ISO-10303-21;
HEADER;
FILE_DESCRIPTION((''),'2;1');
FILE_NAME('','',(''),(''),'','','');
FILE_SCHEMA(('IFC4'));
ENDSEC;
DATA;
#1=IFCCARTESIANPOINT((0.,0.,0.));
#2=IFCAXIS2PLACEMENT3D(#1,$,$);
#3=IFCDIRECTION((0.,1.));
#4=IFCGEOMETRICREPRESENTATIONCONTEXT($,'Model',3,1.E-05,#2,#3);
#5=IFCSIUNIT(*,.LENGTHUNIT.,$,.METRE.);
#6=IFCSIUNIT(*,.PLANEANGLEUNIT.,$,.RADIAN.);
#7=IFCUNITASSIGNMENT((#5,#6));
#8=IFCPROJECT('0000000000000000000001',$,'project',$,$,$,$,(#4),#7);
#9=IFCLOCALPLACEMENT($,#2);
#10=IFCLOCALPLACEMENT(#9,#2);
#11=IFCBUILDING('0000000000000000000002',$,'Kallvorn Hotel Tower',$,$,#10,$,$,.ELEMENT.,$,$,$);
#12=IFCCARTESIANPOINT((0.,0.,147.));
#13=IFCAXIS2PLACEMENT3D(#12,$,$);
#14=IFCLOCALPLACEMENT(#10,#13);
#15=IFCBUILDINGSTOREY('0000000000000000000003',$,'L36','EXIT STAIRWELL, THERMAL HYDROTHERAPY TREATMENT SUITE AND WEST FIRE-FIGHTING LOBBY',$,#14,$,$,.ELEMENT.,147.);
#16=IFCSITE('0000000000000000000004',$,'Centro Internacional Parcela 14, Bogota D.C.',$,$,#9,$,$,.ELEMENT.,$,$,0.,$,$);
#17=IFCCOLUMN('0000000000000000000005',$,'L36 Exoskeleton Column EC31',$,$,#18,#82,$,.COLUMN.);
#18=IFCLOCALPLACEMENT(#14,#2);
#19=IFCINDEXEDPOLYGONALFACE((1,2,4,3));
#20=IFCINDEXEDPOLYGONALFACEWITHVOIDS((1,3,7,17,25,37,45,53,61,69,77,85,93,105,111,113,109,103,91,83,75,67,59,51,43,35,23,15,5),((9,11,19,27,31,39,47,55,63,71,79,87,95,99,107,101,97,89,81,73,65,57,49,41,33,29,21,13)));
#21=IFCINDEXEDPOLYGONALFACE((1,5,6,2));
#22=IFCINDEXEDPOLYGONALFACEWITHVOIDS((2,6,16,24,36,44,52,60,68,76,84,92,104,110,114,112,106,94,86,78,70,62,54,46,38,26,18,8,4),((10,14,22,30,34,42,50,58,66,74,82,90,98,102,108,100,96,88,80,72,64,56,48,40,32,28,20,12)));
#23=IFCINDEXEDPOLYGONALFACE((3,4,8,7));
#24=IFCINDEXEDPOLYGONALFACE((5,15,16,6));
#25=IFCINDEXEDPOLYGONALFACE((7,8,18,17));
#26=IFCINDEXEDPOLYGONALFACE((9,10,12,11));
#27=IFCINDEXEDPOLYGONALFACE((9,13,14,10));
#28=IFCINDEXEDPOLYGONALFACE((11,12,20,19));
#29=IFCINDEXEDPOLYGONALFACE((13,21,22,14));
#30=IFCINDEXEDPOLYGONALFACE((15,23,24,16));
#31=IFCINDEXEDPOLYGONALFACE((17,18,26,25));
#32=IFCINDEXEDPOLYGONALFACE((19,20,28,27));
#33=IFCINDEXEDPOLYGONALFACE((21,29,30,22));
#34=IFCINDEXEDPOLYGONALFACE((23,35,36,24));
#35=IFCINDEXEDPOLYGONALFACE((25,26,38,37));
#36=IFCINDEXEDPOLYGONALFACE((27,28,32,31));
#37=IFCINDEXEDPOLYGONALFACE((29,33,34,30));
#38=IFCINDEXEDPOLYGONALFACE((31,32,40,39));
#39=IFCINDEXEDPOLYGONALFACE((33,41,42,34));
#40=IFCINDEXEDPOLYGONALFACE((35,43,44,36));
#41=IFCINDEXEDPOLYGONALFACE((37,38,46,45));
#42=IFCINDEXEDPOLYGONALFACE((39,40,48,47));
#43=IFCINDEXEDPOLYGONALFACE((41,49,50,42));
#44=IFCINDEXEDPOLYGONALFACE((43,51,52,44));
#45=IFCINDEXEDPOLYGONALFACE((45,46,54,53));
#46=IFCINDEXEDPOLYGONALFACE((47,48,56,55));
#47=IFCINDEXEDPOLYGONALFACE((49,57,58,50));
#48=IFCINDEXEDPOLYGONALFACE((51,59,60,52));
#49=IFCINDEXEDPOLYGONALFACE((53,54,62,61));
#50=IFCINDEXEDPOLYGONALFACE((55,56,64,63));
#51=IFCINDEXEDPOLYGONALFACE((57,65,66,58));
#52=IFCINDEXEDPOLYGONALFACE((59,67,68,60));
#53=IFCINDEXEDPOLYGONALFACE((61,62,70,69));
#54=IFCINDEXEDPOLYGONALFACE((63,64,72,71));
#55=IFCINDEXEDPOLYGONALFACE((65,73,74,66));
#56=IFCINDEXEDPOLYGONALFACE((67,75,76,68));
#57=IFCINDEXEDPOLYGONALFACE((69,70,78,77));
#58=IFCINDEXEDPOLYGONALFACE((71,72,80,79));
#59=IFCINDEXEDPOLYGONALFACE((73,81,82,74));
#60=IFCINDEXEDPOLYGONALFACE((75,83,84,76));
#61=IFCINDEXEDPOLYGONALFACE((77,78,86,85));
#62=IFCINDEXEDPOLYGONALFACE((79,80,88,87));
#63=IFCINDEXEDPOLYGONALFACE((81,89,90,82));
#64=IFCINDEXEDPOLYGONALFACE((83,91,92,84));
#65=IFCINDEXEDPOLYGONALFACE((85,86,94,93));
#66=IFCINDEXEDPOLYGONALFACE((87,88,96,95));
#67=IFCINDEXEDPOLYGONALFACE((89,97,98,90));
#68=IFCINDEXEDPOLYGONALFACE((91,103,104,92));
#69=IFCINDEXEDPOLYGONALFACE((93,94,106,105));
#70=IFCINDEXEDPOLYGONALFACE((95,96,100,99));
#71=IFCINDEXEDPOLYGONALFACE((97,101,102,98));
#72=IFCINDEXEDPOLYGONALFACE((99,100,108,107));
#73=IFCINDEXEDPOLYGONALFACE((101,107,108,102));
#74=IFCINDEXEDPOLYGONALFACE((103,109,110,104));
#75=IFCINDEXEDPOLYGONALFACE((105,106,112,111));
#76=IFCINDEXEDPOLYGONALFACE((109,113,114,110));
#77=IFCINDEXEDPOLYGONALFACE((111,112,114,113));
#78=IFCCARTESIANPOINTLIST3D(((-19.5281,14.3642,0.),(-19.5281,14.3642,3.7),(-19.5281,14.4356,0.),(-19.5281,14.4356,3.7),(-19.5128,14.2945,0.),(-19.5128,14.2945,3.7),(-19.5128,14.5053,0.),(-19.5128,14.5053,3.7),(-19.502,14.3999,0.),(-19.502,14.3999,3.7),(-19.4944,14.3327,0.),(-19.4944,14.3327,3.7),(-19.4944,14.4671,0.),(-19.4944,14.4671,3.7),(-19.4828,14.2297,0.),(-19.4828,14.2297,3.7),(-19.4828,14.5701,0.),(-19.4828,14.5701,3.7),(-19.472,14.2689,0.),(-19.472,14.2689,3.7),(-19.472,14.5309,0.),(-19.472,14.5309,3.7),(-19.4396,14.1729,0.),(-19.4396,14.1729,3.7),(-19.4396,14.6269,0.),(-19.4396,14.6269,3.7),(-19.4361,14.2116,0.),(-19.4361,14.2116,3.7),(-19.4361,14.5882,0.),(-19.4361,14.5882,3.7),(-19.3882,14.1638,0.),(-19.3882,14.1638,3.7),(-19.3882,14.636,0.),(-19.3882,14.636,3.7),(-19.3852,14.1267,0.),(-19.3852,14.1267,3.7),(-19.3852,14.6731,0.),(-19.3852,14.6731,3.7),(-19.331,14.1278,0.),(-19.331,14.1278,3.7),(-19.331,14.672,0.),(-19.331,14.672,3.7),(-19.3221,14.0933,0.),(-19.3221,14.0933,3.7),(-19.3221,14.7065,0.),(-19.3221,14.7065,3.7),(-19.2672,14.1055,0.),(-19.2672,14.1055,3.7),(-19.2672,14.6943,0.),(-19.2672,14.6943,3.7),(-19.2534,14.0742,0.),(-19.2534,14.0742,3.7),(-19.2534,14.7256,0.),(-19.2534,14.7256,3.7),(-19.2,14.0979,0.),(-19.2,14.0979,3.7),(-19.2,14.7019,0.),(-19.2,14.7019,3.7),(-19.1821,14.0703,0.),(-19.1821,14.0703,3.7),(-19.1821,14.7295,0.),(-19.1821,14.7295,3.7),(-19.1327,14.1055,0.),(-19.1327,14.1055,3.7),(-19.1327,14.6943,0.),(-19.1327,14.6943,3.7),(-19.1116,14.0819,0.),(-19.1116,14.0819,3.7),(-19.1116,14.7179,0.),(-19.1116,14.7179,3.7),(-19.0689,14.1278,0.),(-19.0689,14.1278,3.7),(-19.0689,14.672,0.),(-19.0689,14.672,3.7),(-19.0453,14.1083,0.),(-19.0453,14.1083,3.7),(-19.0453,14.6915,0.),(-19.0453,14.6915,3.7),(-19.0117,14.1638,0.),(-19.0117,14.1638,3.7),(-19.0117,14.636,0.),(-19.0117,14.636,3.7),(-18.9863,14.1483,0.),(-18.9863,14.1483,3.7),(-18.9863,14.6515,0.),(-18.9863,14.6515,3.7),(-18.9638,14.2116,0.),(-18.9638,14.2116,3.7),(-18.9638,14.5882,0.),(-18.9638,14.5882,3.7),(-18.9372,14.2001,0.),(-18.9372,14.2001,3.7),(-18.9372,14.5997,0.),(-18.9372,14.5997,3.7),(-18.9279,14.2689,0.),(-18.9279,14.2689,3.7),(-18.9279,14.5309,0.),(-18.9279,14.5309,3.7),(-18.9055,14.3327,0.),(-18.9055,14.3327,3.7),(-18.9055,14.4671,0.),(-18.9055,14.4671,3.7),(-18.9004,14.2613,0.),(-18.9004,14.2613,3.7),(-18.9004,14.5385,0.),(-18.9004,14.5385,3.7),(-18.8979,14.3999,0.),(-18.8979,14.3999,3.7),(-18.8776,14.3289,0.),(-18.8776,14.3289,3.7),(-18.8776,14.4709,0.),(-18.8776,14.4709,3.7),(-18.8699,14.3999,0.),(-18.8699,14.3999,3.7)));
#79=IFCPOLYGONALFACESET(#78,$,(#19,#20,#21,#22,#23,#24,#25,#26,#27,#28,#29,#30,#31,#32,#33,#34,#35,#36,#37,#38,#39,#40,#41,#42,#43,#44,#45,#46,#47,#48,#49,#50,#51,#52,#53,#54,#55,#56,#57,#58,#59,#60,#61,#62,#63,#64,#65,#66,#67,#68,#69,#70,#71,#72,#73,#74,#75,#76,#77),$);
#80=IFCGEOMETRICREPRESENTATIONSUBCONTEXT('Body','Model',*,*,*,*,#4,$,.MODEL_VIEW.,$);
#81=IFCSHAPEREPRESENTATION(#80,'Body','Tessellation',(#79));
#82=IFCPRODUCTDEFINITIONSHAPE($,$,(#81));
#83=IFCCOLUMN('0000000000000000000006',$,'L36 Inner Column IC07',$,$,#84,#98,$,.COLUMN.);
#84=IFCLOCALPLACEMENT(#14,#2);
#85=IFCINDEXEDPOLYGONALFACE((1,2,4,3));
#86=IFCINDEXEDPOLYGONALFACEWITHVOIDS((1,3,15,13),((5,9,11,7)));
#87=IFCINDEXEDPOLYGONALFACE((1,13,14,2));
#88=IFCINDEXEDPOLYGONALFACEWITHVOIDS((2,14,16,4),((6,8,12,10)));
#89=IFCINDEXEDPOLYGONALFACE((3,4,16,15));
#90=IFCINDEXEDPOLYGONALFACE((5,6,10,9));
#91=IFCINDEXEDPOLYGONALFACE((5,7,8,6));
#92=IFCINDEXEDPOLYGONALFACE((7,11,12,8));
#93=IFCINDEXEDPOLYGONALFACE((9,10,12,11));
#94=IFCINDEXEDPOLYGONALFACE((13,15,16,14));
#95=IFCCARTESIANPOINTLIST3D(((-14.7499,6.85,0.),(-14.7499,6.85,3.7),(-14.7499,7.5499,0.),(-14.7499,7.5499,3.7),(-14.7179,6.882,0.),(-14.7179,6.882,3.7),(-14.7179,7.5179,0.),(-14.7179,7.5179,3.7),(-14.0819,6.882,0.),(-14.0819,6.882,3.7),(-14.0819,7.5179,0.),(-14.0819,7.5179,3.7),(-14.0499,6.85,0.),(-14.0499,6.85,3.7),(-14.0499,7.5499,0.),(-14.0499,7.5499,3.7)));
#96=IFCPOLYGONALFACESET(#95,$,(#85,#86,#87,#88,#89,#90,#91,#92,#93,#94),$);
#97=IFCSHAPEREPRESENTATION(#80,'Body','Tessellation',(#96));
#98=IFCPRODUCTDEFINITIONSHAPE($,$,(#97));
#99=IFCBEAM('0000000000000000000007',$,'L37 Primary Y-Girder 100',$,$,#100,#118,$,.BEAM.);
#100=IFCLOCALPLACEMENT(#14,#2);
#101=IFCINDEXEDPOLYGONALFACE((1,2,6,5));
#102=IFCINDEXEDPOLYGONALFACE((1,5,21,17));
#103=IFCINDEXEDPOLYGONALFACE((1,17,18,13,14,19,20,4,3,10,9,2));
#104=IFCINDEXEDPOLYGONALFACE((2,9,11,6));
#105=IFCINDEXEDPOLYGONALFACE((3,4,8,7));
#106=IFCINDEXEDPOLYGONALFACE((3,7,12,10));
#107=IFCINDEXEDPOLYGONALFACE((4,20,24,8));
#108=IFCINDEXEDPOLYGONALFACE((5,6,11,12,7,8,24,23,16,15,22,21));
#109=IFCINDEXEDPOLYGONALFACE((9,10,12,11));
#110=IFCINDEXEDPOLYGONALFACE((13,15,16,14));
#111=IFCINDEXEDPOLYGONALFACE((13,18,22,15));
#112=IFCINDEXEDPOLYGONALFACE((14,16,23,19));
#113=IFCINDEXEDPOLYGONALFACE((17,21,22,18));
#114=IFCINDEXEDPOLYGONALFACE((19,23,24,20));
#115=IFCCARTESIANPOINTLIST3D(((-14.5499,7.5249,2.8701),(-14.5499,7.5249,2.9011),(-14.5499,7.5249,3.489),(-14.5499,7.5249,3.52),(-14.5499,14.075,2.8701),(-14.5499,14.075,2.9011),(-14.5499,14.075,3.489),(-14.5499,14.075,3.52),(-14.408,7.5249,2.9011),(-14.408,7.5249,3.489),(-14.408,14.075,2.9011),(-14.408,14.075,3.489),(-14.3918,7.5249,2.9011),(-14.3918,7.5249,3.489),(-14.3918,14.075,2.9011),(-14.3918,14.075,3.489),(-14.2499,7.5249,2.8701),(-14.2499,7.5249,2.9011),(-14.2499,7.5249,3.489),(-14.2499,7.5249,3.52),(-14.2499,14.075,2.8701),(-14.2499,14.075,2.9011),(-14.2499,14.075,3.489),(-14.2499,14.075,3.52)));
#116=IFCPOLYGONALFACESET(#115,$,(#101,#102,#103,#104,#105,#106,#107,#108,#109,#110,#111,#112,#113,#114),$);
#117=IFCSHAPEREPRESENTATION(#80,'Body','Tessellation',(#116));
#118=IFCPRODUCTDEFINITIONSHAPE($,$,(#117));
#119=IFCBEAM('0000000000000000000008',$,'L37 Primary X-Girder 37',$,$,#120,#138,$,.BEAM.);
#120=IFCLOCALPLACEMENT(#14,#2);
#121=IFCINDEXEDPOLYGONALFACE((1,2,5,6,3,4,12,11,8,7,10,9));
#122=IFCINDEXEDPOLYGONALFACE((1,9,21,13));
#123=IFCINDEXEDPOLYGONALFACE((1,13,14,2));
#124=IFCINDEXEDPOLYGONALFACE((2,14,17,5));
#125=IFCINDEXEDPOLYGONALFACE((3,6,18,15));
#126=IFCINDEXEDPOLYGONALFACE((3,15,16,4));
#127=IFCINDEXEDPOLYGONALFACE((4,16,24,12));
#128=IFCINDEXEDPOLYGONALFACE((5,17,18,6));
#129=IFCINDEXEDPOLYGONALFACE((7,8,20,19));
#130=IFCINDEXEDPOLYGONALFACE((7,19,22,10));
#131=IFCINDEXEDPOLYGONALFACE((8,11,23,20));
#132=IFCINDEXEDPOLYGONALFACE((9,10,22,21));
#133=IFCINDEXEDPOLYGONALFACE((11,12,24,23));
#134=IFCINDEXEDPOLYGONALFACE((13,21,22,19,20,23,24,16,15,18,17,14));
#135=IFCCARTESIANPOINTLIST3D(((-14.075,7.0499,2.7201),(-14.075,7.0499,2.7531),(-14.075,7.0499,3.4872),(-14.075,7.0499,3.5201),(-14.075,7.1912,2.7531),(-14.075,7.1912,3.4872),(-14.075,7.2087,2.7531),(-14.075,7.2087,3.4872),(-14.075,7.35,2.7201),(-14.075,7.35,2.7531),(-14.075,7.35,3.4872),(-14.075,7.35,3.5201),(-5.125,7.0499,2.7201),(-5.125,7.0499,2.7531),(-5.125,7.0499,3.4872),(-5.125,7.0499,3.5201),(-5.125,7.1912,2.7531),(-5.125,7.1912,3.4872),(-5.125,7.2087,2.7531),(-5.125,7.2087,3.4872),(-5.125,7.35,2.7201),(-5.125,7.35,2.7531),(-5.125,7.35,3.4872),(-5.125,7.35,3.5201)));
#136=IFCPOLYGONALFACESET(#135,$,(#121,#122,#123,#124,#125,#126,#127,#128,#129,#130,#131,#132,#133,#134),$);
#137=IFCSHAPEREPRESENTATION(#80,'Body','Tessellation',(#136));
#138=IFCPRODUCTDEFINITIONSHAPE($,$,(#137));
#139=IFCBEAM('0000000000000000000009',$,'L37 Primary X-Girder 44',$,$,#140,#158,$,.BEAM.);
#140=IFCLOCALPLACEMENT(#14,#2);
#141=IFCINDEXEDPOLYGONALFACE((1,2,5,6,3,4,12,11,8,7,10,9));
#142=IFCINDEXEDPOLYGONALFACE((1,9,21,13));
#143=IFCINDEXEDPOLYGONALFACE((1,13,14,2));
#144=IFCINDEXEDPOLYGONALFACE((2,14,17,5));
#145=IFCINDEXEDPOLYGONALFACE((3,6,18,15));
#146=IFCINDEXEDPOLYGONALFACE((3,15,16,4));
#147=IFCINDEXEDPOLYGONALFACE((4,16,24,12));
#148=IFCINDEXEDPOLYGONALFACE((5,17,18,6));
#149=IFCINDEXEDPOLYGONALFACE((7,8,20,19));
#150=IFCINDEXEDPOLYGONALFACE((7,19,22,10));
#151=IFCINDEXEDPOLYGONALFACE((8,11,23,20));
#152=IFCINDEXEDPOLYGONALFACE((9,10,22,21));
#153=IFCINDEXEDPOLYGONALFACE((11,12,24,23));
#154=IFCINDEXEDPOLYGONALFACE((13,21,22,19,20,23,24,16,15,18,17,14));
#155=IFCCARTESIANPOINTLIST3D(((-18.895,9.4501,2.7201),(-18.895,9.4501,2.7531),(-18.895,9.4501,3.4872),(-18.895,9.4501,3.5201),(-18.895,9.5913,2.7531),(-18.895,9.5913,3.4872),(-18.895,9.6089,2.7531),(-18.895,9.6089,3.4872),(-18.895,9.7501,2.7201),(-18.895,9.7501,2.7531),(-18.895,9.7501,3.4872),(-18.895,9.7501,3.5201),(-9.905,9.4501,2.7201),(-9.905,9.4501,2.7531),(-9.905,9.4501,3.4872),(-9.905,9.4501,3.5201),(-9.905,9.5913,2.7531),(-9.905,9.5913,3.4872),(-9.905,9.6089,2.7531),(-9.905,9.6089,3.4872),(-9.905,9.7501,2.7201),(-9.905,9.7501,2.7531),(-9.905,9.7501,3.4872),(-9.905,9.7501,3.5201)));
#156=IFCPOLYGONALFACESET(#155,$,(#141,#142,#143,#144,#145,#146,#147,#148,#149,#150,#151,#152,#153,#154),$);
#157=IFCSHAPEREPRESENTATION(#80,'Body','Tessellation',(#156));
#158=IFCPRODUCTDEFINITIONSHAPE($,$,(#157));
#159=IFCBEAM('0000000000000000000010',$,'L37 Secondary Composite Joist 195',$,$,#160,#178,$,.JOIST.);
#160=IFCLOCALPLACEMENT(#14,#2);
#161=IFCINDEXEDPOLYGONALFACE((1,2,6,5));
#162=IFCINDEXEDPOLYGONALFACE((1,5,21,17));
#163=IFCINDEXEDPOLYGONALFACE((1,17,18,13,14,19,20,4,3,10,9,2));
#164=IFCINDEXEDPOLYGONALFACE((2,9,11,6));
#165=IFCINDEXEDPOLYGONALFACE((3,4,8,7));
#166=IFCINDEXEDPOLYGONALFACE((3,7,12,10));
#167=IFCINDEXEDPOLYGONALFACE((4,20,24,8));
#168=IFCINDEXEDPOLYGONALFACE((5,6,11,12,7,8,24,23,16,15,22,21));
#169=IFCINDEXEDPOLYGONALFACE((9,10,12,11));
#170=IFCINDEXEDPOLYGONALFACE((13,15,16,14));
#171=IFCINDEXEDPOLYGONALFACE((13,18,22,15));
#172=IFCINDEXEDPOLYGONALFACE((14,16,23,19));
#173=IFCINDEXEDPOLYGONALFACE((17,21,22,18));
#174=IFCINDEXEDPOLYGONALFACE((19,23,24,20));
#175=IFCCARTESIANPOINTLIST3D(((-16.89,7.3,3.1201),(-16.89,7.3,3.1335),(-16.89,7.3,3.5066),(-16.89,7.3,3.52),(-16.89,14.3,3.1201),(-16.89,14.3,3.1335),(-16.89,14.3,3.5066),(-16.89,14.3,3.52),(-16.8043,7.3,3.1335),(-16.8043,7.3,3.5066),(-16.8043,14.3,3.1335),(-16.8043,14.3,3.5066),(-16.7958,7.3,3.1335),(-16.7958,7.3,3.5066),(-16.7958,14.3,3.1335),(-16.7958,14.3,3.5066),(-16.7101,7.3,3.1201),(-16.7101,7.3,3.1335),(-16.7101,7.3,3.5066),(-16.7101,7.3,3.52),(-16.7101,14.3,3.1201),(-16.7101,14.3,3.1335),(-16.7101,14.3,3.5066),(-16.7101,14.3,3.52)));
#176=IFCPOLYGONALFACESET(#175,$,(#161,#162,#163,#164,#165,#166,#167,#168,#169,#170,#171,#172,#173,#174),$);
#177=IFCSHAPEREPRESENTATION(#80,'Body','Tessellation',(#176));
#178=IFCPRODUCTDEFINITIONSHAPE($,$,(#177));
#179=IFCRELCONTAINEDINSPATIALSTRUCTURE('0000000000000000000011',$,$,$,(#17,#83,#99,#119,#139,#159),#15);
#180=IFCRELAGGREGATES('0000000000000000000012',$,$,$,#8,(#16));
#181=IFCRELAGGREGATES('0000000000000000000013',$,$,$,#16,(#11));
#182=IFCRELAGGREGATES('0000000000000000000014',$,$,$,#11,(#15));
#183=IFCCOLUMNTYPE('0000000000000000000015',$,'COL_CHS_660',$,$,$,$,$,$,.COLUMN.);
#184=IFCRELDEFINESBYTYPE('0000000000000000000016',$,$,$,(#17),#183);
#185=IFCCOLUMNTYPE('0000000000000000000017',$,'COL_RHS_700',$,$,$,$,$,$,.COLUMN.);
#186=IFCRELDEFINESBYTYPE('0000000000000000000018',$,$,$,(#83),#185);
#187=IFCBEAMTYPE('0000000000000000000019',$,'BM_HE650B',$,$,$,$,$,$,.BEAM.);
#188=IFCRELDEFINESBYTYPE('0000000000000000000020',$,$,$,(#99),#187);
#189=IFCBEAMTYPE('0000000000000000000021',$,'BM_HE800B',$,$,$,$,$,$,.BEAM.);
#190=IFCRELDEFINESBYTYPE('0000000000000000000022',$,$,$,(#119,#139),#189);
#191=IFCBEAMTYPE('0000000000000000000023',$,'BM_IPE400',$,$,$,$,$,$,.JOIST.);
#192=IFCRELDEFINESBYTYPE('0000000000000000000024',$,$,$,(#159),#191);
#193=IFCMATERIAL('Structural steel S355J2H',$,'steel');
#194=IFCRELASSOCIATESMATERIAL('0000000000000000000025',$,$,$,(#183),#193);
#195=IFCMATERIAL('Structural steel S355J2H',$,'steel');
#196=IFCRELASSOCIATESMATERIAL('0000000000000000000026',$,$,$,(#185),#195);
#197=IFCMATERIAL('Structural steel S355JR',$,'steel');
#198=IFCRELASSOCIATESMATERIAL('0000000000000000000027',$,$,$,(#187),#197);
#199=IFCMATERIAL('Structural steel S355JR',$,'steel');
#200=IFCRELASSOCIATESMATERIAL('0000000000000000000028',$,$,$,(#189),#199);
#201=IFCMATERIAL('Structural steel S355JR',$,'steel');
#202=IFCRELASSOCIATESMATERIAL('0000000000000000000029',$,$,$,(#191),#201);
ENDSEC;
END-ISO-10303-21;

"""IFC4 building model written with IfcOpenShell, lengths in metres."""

from ifc_helpers import new_model, si_unit, direction, frame, origin, origin_2d, place, context, subcontext, project, spatial, hollow_rectangle, hollow_circle, i_section, extrude, material, material_profile, profile_set, type_object, element, save


model = new_model("IFC4")

# Units and contexts
model_context = context("Model", 3, precision=1e-05, world=origin(), true_north=direction((0.0, 1.0)))
body_context = subcontext(model_context, "Body", "Model", "MODEL_VIEW")
ifc_project = project(units=[si_unit("LENGTHUNIT", "METRE"), si_unit("PLANEANGLEUNIT", "RADIAN")], contexts=[model_context])

# Site, building, storey
site_placement = place(None, origin())
site = spatial("IfcSite", under=ifc_project, at=site_placement, Name="Centro Internacional Parcela 14, Bogota D.C.", CompositionType="ELEMENT", RefElevation=0.0)
building_placement = place(site_placement, origin())
building = spatial("IfcBuilding", under=site, at=building_placement, Name="Kallvorn Hotel Tower", CompositionType="ELEMENT")
storey_placement = place(building_placement, frame((0.0, 0.0, 147.0)))
storey = spatial("IfcBuildingStorey", under=building, at=storey_placement, Name="L36", Description="EXIT STAIRWELL, THERMAL HYDROTHERAPY TREATMENT SUITE AND WEST FIRE-FIGHTING LOBBY", CompositionType="ELEMENT", Elevation=147.0)

# Columns
ifc_material_1 = material(Name="Structural steel S355J2H", Category="steel")
ifc_material_profile_1 = material_profile(ifc_material_1, hollow_circle(Radius=0.3301, WallThickness=0.0281, at=origin_2d()), Name="CHS 660x28")
ifc_profile_set_1 = profile_set([ifc_material_profile_1], Name="Structural steel S355J2H")
column_type_1 = type_object("IfcColumnType", Name="COL_CHS_660", PredefinedType="COLUMN", material=ifc_profile_set_1)
column_1_placement = place(storey_placement, frame((-19.2, 14.3999, 0.0), z_axis=(0.0, 0.0, 1.0), x_axis=(1.0, 0.0, 0.0)))
element("IfcColumn", 1, at=column_1_placement, inside=storey, type_object=column_type_1, Name="L36 Exoskeleton Column EC31", PredefinedType="COLUMN", context=body_context, shape_type="SweptSolid", body=[
    extrude(hollow_circle(Radius=0.3301, WallThickness=0.0281, at=origin_2d()), origin(), (0.0, 0.0, 1.0), 3.7),
])
ifc_material_2 = material(Name="Structural steel S355J2H", Category="steel")
ifc_material_profile_2 = material_profile(ifc_material_2, hollow_rectangle(XDim=0.7, YDim=0.7, WallThickness=0.032, at=origin_2d()), Name="RHS 700x700x32")
ifc_profile_set_2 = profile_set([ifc_material_profile_2], Name="Structural steel S355J2H")
column_type_2 = type_object("IfcColumnType", Name="COL_RHS_700", PredefinedType="COLUMN", material=ifc_profile_set_2)
column_2_placement = place(storey_placement, frame((-14.3999, 7.2, 0.0), z_axis=(0.0, 0.0, 1.0), x_axis=(1.0, 0.0, 0.0)))
element("IfcColumn", 2, at=column_2_placement, inside=storey, type_object=column_type_2, Name="L36 Inner Column IC07", PredefinedType="COLUMN", context=body_context, shape_type="SweptSolid", body=[
    extrude(hollow_rectangle(XDim=0.7, YDim=0.7, WallThickness=0.032, at=origin_2d()), origin(), (0.0, 0.0, 1.0), 3.7),
])

# Beams
ifc_material_3 = material(Name="Structural steel S355JR", Category="steel")
ifc_material_profile_3 = material_profile(ifc_material_3, i_section(OverallWidth=0.3, OverallDepth=0.6499, WebThickness=0.0161, FlangeThickness=0.031, at=origin_2d()), Name="HE 650 B")
ifc_profile_set_3 = profile_set([ifc_material_profile_3], Name="Structural steel S355JR")
beam_type_1 = type_object("IfcBeamType", Name="BM_HE650B", PredefinedType="BEAM", material=ifc_profile_set_3)
beam_1_placement = place(storey_placement, frame((-14.3999, 7.5249, 3.1951), z_axis=(0.0, 1.0, 0.0), x_axis=(-1.0, 0.0, 0.0)))
element("IfcBeam", 3, at=beam_1_placement, inside=storey, type_object=beam_type_1, Name="L37 Primary Y-Girder 100", PredefinedType="BEAM", context=body_context, shape_type="SweptSolid", body=[
    extrude(i_section(OverallWidth=0.3, OverallDepth=0.6499, WebThickness=0.0161, FlangeThickness=0.031, at=origin_2d()), origin(), (0.0, 0.0, 1.0), 6.55),
])
ifc_material_4 = material(Name="Structural steel S355JR", Category="steel")
ifc_material_profile_4 = material_profile(ifc_material_4, i_section(OverallWidth=0.3, OverallDepth=0.8, WebThickness=0.0176, FlangeThickness=0.033, at=origin_2d()), Name="HE 800 B")
ifc_profile_set_4 = profile_set([ifc_material_profile_4], Name="Structural steel S355JR")
beam_type_2 = type_object("IfcBeamType", Name="BM_HE800B", PredefinedType="BEAM", material=ifc_profile_set_4)
beam_2_placement = place(storey_placement, frame((-14.075, 7.2, 3.1201), z_axis=(1.0, 0.0, 0.0), x_axis=(0.0, 1.0, 0.0)))
element("IfcBeam", 4, at=beam_2_placement, inside=storey, type_object=beam_type_2, Name="L37 Primary X-Girder 37", PredefinedType="BEAM", context=body_context, shape_type="SweptSolid", body=[
    extrude(i_section(OverallWidth=0.3, OverallDepth=0.8, WebThickness=0.0176, FlangeThickness=0.033, at=origin_2d()), origin(), (0.0, 0.0, 1.0), 8.95),
])
beam_3_placement = place(storey_placement, frame((-18.895, 9.6001, 3.1201), z_axis=(1.0, 0.0, 0.0), x_axis=(0.0, 1.0, 0.0)))
element("IfcBeam", 5, at=beam_3_placement, inside=storey, type_object=beam_type_2, Name="L37 Primary X-Girder 44", PredefinedType="BEAM", context=body_context, shape_type="SweptSolid", body=[
    extrude(i_section(OverallWidth=0.3, OverallDepth=0.8, WebThickness=0.0176, FlangeThickness=0.033, at=origin_2d()), origin(), (0.0, 0.0, 1.0), 8.99),
])
ifc_material_5 = material(Name="Structural steel S355JR", Category="steel")
ifc_material_profile_5 = material_profile(ifc_material_5, i_section(OverallWidth=0.1799, OverallDepth=0.3999, WebThickness=0.0085, FlangeThickness=0.0134, at=origin_2d()), Name="IPE 400")
ifc_profile_set_5 = profile_set([ifc_material_profile_5], Name="Structural steel S355JR")
beam_type_3 = type_object("IfcBeamType", Name="BM_IPE400", PredefinedType="JOIST", material=ifc_profile_set_5)
for number, where, z_axis, x_axis, name in (
    (6, (-16.8, 7.3, 3.3201), (0.0, 1.0, 0.0), (-1.0, 0.0, 0.0), "L37 Secondary Composite Joist 195"),
):
    element("IfcBeam", number, at=place(storey_placement, frame(where, z_axis=z_axis, x_axis=x_axis)), inside=storey, type_object=beam_type_3, Name=name, PredefinedType="JOIST", context=body_context, shape_type="SweptSolid", body=[
        extrude(i_section(OverallWidth=0.1799, OverallDepth=0.3999, WebThickness=0.0085, FlangeThickness=0.0134, at=origin_2d()), origin(), (0.0, 0.0, 1.0), 7.0),
    ])

save(model, "model.ifc")
